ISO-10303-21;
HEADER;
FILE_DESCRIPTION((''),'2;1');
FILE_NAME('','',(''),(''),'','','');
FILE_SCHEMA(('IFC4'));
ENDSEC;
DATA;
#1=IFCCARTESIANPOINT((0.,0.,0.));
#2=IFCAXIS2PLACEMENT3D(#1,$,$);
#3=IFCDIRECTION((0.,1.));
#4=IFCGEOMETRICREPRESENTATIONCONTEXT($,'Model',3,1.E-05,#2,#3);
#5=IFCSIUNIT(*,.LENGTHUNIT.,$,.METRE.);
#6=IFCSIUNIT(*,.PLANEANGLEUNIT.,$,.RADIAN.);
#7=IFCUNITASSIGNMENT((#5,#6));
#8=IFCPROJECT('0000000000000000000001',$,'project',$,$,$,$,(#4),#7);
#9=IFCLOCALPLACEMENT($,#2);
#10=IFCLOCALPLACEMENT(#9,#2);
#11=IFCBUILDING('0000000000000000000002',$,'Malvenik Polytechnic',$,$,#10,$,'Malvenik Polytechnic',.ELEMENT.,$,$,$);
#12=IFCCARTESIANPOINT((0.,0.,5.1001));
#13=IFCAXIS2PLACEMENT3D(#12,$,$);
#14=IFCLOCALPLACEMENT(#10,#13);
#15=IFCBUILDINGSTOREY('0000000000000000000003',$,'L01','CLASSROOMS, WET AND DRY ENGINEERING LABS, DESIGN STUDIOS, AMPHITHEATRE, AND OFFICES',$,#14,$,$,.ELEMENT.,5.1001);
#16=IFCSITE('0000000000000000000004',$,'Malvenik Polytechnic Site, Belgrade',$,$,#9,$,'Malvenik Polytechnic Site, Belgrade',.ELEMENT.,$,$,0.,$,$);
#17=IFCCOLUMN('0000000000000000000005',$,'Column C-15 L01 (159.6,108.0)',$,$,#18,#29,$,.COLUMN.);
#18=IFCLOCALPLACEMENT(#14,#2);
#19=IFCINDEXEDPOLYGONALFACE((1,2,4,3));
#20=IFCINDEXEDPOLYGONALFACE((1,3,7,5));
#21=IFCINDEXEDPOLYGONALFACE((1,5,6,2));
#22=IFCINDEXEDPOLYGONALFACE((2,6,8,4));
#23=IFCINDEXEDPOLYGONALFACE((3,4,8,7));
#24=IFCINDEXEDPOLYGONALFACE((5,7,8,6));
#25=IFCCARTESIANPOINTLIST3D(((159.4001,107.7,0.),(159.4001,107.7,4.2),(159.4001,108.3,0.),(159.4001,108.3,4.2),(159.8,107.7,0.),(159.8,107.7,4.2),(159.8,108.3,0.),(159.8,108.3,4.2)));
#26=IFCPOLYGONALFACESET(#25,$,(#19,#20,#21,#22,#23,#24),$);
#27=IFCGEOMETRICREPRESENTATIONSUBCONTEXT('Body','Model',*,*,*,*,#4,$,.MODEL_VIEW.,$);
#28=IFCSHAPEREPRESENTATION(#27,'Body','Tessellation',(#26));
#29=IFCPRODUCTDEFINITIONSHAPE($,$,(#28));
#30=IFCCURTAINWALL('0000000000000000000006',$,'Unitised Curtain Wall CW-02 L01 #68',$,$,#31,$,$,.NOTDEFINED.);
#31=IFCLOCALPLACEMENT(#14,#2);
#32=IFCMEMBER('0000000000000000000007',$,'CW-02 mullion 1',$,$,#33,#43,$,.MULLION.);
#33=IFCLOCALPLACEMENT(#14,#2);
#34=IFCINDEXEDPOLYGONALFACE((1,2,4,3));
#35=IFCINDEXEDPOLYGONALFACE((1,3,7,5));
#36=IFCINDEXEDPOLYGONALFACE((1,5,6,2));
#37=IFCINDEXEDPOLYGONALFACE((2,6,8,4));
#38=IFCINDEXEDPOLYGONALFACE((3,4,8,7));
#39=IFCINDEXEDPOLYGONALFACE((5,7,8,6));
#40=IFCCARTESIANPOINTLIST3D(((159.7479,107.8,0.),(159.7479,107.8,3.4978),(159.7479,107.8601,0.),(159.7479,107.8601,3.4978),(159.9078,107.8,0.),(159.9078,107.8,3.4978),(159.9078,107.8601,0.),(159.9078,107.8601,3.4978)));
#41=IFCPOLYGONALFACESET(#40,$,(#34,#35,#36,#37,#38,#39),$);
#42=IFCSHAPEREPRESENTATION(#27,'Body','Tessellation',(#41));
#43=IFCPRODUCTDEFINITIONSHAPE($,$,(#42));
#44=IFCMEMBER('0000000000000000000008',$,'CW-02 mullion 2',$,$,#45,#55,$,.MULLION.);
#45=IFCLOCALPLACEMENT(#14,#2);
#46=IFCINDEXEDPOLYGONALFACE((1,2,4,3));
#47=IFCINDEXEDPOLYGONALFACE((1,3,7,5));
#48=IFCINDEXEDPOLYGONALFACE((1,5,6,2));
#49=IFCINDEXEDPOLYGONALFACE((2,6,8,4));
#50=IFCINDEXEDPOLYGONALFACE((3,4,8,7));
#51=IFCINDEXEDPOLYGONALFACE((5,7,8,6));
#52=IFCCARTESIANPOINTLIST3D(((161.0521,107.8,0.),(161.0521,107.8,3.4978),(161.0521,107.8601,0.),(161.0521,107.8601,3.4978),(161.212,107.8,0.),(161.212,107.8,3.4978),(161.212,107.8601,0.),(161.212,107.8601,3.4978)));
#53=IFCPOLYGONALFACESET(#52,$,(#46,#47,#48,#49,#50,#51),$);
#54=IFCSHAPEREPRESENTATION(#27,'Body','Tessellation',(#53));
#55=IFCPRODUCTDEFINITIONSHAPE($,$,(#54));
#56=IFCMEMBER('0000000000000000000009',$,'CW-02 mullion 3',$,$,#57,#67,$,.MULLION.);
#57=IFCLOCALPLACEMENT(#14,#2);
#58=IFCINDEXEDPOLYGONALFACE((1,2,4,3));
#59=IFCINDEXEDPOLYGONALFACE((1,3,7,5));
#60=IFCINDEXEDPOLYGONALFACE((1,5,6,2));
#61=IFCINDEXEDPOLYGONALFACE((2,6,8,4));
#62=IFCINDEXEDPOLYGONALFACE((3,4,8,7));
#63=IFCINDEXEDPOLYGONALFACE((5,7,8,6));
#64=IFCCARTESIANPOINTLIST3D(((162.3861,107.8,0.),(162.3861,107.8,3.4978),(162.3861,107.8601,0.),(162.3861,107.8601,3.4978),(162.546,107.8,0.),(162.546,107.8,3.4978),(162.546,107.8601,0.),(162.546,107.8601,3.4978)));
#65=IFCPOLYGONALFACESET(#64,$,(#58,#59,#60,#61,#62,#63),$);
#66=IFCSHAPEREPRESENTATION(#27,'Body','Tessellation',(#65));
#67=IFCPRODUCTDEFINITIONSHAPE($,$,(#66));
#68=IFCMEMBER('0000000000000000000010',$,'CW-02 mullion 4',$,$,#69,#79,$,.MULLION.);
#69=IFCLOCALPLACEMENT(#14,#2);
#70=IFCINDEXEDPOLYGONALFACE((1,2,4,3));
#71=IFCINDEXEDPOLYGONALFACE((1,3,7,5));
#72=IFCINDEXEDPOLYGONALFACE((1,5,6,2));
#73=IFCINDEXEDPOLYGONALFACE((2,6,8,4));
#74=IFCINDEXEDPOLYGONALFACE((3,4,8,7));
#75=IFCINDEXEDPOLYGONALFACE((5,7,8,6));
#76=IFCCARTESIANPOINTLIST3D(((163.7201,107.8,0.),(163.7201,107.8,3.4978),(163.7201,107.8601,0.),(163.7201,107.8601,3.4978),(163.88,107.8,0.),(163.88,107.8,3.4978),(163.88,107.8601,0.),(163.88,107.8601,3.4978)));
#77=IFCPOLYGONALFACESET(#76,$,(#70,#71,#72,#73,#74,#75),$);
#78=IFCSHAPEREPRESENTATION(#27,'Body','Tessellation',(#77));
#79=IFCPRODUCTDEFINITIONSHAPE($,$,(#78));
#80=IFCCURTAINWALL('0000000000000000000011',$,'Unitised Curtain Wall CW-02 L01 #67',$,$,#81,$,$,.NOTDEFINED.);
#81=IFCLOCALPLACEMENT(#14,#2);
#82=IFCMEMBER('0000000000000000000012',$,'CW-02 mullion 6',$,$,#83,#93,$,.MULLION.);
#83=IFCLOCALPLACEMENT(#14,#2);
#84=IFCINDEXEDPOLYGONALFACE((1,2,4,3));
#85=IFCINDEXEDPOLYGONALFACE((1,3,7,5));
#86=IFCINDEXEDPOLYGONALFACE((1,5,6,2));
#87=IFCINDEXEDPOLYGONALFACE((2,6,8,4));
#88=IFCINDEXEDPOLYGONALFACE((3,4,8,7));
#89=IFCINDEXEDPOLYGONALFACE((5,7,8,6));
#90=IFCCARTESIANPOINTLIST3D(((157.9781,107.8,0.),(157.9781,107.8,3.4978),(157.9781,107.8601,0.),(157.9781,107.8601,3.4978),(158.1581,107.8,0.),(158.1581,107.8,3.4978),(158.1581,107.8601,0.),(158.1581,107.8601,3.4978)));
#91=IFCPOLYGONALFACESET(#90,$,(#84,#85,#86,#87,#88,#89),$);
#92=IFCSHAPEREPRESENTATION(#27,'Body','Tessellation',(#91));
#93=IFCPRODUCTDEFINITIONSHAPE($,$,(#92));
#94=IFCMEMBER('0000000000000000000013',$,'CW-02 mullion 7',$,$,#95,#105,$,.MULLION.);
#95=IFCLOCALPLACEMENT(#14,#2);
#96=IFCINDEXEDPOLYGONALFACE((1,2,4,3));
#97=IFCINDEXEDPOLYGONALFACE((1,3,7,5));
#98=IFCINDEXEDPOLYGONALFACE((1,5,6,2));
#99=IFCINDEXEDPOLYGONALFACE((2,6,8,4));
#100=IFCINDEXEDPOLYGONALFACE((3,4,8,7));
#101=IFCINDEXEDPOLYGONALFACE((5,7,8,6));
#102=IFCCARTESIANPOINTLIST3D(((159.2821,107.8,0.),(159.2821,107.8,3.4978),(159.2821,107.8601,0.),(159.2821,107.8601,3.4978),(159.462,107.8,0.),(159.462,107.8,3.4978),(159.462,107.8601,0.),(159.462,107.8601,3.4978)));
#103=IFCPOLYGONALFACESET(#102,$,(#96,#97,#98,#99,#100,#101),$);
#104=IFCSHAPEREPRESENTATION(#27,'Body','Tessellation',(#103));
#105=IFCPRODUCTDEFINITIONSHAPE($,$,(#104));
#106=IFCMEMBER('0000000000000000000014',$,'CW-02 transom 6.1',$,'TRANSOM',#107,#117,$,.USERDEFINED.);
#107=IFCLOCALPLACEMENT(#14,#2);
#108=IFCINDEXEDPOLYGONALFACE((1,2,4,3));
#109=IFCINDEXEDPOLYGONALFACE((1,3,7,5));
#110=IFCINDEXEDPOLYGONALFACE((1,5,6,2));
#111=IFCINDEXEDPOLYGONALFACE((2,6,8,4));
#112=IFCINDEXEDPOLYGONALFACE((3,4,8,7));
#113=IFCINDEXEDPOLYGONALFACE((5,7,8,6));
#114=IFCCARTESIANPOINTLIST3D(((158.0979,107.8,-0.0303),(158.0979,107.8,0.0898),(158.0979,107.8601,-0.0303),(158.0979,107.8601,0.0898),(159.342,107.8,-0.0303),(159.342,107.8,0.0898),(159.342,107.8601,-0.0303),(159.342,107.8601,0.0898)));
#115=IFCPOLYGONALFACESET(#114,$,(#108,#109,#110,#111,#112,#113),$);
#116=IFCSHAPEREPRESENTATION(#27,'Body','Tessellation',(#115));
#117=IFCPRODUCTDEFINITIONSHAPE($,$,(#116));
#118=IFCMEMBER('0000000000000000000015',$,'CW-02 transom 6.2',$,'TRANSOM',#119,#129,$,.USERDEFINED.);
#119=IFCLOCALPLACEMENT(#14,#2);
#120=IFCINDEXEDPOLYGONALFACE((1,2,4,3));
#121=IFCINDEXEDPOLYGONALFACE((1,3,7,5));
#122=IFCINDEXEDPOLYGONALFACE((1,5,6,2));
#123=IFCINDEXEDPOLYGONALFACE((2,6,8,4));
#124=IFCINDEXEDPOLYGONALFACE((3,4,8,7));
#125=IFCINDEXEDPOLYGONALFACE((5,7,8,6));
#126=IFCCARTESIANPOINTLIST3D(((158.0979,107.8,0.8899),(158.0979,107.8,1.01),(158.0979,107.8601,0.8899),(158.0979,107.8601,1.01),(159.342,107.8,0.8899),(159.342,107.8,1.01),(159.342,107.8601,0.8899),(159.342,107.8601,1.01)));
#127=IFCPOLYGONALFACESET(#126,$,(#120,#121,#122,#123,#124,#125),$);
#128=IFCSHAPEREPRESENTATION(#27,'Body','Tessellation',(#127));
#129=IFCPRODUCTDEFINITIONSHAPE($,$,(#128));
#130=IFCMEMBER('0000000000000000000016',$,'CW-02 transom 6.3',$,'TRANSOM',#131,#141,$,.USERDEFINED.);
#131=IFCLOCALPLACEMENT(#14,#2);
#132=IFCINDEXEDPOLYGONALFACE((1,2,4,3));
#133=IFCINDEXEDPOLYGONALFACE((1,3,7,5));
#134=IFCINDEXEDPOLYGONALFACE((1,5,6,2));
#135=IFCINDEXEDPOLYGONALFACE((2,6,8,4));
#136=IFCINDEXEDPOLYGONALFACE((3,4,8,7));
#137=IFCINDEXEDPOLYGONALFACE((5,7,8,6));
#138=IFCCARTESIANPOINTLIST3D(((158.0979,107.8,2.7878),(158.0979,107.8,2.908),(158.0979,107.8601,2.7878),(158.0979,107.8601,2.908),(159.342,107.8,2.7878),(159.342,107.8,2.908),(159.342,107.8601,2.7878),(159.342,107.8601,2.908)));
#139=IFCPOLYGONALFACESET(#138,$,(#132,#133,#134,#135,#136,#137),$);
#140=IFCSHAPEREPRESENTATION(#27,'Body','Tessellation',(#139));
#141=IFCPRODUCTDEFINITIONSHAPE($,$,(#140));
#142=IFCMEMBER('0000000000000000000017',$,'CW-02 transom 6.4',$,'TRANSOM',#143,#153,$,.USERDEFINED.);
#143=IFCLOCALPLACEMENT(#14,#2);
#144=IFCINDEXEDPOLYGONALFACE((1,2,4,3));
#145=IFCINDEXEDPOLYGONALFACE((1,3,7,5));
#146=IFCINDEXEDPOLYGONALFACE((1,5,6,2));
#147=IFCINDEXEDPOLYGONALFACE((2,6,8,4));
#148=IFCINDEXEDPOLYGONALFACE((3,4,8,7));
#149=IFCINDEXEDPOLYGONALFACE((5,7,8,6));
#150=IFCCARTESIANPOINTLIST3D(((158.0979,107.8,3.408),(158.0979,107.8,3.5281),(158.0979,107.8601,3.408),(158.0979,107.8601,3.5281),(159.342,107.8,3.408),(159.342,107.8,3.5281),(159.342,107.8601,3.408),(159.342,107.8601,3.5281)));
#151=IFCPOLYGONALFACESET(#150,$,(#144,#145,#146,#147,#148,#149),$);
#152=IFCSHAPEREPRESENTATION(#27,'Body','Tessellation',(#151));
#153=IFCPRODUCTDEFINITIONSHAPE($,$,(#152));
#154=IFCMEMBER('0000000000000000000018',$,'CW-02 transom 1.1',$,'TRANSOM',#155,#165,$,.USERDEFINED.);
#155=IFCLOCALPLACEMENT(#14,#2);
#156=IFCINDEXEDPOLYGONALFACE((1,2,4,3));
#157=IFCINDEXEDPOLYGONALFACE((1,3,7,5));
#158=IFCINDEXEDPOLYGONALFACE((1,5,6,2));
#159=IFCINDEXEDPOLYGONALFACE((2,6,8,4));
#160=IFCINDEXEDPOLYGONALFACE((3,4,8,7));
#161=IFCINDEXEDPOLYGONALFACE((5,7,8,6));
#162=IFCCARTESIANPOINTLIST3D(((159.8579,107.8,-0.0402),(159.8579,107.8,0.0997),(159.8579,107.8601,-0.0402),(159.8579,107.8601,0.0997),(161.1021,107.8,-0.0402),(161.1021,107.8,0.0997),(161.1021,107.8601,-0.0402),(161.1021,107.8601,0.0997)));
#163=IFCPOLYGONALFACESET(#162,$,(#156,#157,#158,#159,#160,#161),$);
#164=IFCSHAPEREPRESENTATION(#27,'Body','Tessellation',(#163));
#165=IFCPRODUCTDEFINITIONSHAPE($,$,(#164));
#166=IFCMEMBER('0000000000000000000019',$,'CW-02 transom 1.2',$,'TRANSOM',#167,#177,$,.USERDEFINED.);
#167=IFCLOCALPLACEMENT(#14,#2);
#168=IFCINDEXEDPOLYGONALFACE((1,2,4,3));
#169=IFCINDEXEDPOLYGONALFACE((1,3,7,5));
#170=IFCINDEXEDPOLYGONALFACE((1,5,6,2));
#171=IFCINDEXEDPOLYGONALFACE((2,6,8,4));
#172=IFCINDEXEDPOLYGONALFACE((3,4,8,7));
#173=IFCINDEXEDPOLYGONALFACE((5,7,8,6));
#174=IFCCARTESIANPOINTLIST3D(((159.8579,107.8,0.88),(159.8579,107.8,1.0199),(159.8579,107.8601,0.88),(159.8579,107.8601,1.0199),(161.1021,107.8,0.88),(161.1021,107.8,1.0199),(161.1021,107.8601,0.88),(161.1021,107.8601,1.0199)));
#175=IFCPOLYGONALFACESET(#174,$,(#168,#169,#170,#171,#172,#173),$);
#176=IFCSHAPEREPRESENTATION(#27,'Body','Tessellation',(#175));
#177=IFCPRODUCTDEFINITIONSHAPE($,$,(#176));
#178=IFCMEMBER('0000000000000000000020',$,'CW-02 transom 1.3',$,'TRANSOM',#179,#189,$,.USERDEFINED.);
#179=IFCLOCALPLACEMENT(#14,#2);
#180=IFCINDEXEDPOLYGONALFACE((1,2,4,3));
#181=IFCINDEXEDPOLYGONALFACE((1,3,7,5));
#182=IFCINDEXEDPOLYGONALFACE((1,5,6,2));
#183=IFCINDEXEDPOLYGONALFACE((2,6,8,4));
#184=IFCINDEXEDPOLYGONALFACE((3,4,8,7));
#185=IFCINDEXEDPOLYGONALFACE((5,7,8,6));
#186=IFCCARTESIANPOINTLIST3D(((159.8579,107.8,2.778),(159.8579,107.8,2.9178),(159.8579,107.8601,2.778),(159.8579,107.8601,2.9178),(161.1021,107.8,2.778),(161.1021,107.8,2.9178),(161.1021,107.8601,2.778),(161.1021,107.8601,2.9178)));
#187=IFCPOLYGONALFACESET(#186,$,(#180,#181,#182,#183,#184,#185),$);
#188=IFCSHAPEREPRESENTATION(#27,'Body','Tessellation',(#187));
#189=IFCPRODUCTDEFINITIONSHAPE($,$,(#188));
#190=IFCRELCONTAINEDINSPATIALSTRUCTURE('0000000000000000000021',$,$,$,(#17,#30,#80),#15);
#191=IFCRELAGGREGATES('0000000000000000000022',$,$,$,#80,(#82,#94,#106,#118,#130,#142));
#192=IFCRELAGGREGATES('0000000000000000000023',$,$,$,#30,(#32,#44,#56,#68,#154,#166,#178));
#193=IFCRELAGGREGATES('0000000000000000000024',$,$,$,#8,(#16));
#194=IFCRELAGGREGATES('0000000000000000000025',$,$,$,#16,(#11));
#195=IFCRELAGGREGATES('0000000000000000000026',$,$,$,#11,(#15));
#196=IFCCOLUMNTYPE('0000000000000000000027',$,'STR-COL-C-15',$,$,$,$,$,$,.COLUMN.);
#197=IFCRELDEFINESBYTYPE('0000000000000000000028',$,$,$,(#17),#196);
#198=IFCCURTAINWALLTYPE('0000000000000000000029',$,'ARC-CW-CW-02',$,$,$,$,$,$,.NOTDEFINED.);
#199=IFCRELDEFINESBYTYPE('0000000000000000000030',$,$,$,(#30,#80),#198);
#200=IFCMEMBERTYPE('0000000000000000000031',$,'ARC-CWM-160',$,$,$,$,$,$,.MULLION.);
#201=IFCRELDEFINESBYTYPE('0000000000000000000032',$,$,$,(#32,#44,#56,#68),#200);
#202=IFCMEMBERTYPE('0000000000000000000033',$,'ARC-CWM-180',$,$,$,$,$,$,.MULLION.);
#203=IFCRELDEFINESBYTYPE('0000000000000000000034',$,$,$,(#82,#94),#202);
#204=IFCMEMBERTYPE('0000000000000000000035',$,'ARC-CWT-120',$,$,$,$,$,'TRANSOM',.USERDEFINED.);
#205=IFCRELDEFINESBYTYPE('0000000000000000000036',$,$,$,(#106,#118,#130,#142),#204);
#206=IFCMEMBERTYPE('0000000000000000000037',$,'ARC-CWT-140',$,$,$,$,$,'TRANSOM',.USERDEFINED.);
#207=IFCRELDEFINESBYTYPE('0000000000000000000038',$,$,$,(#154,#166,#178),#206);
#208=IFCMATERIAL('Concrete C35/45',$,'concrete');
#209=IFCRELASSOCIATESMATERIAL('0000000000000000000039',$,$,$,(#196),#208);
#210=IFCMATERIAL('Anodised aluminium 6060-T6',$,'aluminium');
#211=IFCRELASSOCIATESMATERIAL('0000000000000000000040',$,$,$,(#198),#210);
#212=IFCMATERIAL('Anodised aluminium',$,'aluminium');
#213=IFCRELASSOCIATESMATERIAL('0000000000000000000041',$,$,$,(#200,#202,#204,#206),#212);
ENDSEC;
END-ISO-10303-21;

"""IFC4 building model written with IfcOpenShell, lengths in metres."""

from ifc_helpers import new_model, si_unit, direction, frame, origin, origin_2d, place, context, subcontext, project, spatial, rectangle, extrude, material, material_profile, profile_set, type_object, element, aggregate, save


model = new_model("IFC4")

# Units and contexts
model_context = context("Model", 3, precision=1e-05, world=origin(), true_north=direction((0.0, 1.0)))
body_context = subcontext(model_context, "Body", "Model", "MODEL_VIEW")
ifc_project = project(units=[si_unit("LENGTHUNIT", "METRE"), si_unit("PLANEANGLEUNIT", "RADIAN")], contexts=[model_context])

# Site, building, storey
site_placement = place(None, origin())
site = spatial("IfcSite", under=ifc_project, at=site_placement, Name="Malvenik Polytechnic Site, Belgrade", LongName="Malvenik Polytechnic Site, Belgrade", CompositionType="ELEMENT", RefElevation=0.0)
building_placement = place(site_placement, origin())
building = spatial("IfcBuilding", under=site, at=building_placement, Name="Malvenik Polytechnic", LongName="Malvenik Polytechnic", CompositionType="ELEMENT")
storey_placement = place(building_placement, frame((0.0, 0.0, 5.1001)))
storey = spatial("IfcBuildingStorey", under=building, at=storey_placement, Name="L01", Description="CLASSROOMS, WET AND DRY ENGINEERING LABS, DESIGN STUDIOS, AMPHITHEATRE, AND OFFICES", CompositionType="ELEMENT", Elevation=5.1001)

# Column
ifc_material_1 = material(Name="Concrete C35/45", Category="concrete")
ifc_material_profile_1 = material_profile(ifc_material_1, rectangle(XDim=0.3999, YDim=0.6001, at=origin_2d()), Name="RC COL 600x400")
ifc_profile_set_1 = profile_set([ifc_material_profile_1], Name="Concrete C35/45")
column_type = type_object("IfcColumnType", Name="STR-COL-C-15", PredefinedType="COLUMN", material=ifc_profile_set_1)
column_placement = place(storey_placement, frame((159.6001, 108.0, 0.0), z_axis=(0.0, 0.0, 1.0), x_axis=(1.0, 0.0, 0.0)))
element("IfcColumn", 1, at=column_placement, inside=storey, type_object=column_type, Name="Column C-15 L01 (159.6,108.0)", PredefinedType="COLUMN", context=body_context, shape_type="SweptSolid", body=[
    extrude(rectangle(XDim=0.3999, YDim=0.6001, at=origin_2d()), origin(), (0.0, 0.0, 1.0), 4.2),
])

# Curtain walls, members
ifc_material_2 = material(Name="Anodised aluminium 6060-T6", Category="aluminium")
curtain_wall_type = type_object("IfcCurtainWallType", Name="ARC-CW-CW-02", PredefinedType="NOTDEFINED", material=ifc_material_2)
curtain_wall_1_placement = place(storey_placement, origin())
curtain_wall_1 = element("IfcCurtainWall", 2, at=curtain_wall_1_placement, inside=storey, type_object=curtain_wall_type, Name="Unitised Curtain Wall CW-02 L01 #68", PredefinedType="NOTDEFINED")
ifc_material_3 = material(Name="Anodised aluminium", Category="aluminium")
ifc_material_profile_2 = material_profile(ifc_material_3, rectangle(XDim=0.0601, YDim=0.1599, at=origin_2d()), Name="ALU MULLION 60x160")
ifc_profile_set_2 = profile_set([ifc_material_profile_2], Name="Anodised aluminium")
member_type_1 = type_object("IfcMemberType", Name="ARC-CWM-160", PredefinedType="MULLION", material=ifc_profile_set_2)
member_1_placement = place(storey_placement, frame((159.8279, 107.8301, 0.0), z_axis=(0.0, 0.0, 1.0), x_axis=(0.0, 1.0, 0.0)))
member_1 = element("IfcMember", 3, at=member_1_placement, type_object=member_type_1, Name="CW-02 mullion 1", PredefinedType="MULLION", context=body_context, shape_type="SweptSolid", body=[
    extrude(rectangle(XDim=0.0601, YDim=0.1599, at=origin_2d()), origin(), (0.0, 0.0, 1.0), 3.4978),
])
member_2_placement = place(storey_placement, frame((161.1321, 107.8301, 0.0), z_axis=(0.0, 0.0, 1.0), x_axis=(0.0, 1.0, 0.0)))
member_2 = element("IfcMember", 4, at=member_2_placement, type_object=member_type_1, Name="CW-02 mullion 2", PredefinedType="MULLION", context=body_context, shape_type="SweptSolid", body=[
    extrude(rectangle(XDim=0.0601, YDim=0.1599, at=origin_2d()), origin(), (0.0, 0.0, 1.0), 3.4978),
])
member_3_placement = place(storey_placement, frame((162.4661, 107.8301, 0.0), z_axis=(0.0, 0.0, 1.0), x_axis=(0.0, 1.0, 0.0)))
member_3 = element("IfcMember", 5, at=member_3_placement, type_object=member_type_1, Name="CW-02 mullion 3", PredefinedType="MULLION", context=body_context, shape_type="SweptSolid", body=[
    extrude(rectangle(XDim=0.0601, YDim=0.1599, at=origin_2d()), origin(), (0.0, 0.0, 1.0), 3.4978),
])
member_4_placement = place(storey_placement, frame((163.8, 107.8301, 0.0), z_axis=(0.0, 0.0, 1.0), x_axis=(0.0, 1.0, 0.0)))
member_4 = element("IfcMember", 6, at=member_4_placement, type_object=member_type_1, Name="CW-02 mullion 4", PredefinedType="MULLION", context=body_context, shape_type="SweptSolid", body=[
    extrude(rectangle(XDim=0.0601, YDim=0.1599, at=origin_2d()), origin(), (0.0, 0.0, 1.0), 3.4978),
])
curtain_wall_2_placement = place(storey_placement, origin())
curtain_wall_2 = element("IfcCurtainWall", 7, at=curtain_wall_2_placement, inside=storey, type_object=curtain_wall_type, Name="Unitised Curtain Wall CW-02 L01 #67", PredefinedType="NOTDEFINED")
ifc_material_profile_3 = material_profile(ifc_material_3, rectangle(XDim=0.0601, YDim=0.1799, at=origin_2d()), Name="ALU MULLION 60x180")
ifc_profile_set_3 = profile_set([ifc_material_profile_3], Name="Anodised aluminium")
member_type_2 = type_object("IfcMemberType", Name="ARC-CWM-180", PredefinedType="MULLION", material=ifc_profile_set_3)
member_5_placement = place(storey_placement, frame((158.0681, 107.8301, 0.0), z_axis=(0.0, 0.0, 1.0), x_axis=(0.0, 1.0, 0.0)))
member_5 = element("IfcMember", 8, at=member_5_placement, type_object=member_type_2, Name="CW-02 mullion 6", PredefinedType="MULLION", context=body_context, shape_type="SweptSolid", body=[
    extrude(rectangle(XDim=0.0601, YDim=0.1799, at=origin_2d()), origin(), (0.0, 0.0, 1.0), 3.4978),
])
member_6_placement = place(storey_placement, frame((159.3721, 107.8301, 0.0), z_axis=(0.0, 0.0, 1.0), x_axis=(0.0, 1.0, 0.0)))
member_6 = element("IfcMember", 9, at=member_6_placement, type_object=member_type_2, Name="CW-02 mullion 7", PredefinedType="MULLION", context=body_context, shape_type="SweptSolid", body=[
    extrude(rectangle(XDim=0.0601, YDim=0.1799, at=origin_2d()), origin(), (0.0, 0.0, 1.0), 3.4978),
])
ifc_material_profile_4 = material_profile(ifc_material_3, rectangle(XDim=0.0601, YDim=0.1201, at=origin_2d()), Name="ALU TRANSOM 60x120")
ifc_profile_set_4 = profile_set([ifc_material_profile_4], Name="Anodised aluminium")
member_type_3 = type_object("IfcMemberType", Name="ARC-CWT-120", ElementType="TRANSOM", PredefinedType="USERDEFINED", material=ifc_profile_set_4)
member_7_placement = place(storey_placement, frame((158.0979, 107.8301, 0.0298), z_axis=(1.0, 0.0, 0.0), x_axis=(0.0, 1.0, 0.0)))
member_7 = element("IfcMember", 10, at=member_7_placement, type_object=member_type_3, Name="CW-02 transom 6.1", ObjectType="TRANSOM", PredefinedType="USERDEFINED", context=body_context, shape_type="SweptSolid", body=[
    extrude(rectangle(XDim=0.0601, YDim=0.1201, at=origin_2d()), origin(), (0.0, 0.0, 1.0), 1.2441),
])
member_8_placement = place(storey_placement, frame((158.0979, 107.8301, 0.95), z_axis=(1.0, 0.0, 0.0), x_axis=(0.0, 1.0, 0.0)))
member_8 = element("IfcMember", 11, at=member_8_placement, type_object=member_type_3, Name="CW-02 transom 6.2", ObjectType="TRANSOM", PredefinedType="USERDEFINED", context=body_context, shape_type="SweptSolid", body=[
    extrude(rectangle(XDim=0.0601, YDim=0.1201, at=origin_2d()), origin(), (0.0, 0.0, 1.0), 1.2441),
])
member_9_placement = place(storey_placement, frame((158.0979, 107.8301, 2.8479), z_axis=(1.0, 0.0, 0.0), x_axis=(0.0, 1.0, 0.0)))
member_9 = element("IfcMember", 12, at=member_9_placement, type_object=member_type_3, Name="CW-02 transom 6.3", ObjectType="TRANSOM", PredefinedType="USERDEFINED", context=body_context, shape_type="SweptSolid", body=[
    extrude(rectangle(XDim=0.0601, YDim=0.1201, at=origin_2d()), origin(), (0.0, 0.0, 1.0), 1.2441),
])
member_10_placement = place(storey_placement, frame((158.0979, 107.8301, 3.468), z_axis=(1.0, 0.0, 0.0), x_axis=(0.0, 1.0, 0.0)))
member_10 = element("IfcMember", 13, at=member_10_placement, type_object=member_type_3, Name="CW-02 transom 6.4", ObjectType="TRANSOM", PredefinedType="USERDEFINED", context=body_context, shape_type="SweptSolid", body=[
    extrude(rectangle(XDim=0.0601, YDim=0.1201, at=origin_2d()), origin(), (0.0, 0.0, 1.0), 1.2441),
])

# Members
ifc_material_profile_5 = material_profile(ifc_material_3, rectangle(XDim=0.0601, YDim=0.1399, at=origin_2d()), Name="ALU TRANSOM 60x140")
ifc_profile_set_5 = profile_set([ifc_material_profile_5], Name="Anodised aluminium")
member_type_4 = type_object("IfcMemberType", Name="ARC-CWT-140", ElementType="TRANSOM", PredefinedType="USERDEFINED", material=ifc_profile_set_5)
member_11_placement = place(storey_placement, frame((159.8579, 107.8301, 0.0298), z_axis=(1.0, 0.0, 0.0), x_axis=(0.0, 1.0, 0.0)))
member_11 = element("IfcMember", 14, at=member_11_placement, type_object=member_type_4, Name="CW-02 transom 1.1", ObjectType="TRANSOM", PredefinedType="USERDEFINED", context=body_context, shape_type="SweptSolid", body=[
    extrude(rectangle(XDim=0.0601, YDim=0.1399, at=origin_2d()), origin(), (0.0, 0.0, 1.0), 1.2441),
])
member_12_placement = place(storey_placement, frame((159.8579, 107.8301, 0.95), z_axis=(1.0, 0.0, 0.0), x_axis=(0.0, 1.0, 0.0)))
member_12 = element("IfcMember", 15, at=member_12_placement, type_object=member_type_4, Name="CW-02 transom 1.2", ObjectType="TRANSOM", PredefinedType="USERDEFINED", context=body_context, shape_type="SweptSolid", body=[
    extrude(rectangle(XDim=0.0601, YDim=0.1399, at=origin_2d()), origin(), (0.0, 0.0, 1.0), 1.2441),
])
member_13_placement = place(storey_placement, frame((159.8579, 107.8301, 2.8479), z_axis=(1.0, 0.0, 0.0), x_axis=(0.0, 1.0, 0.0)))
member_13 = element("IfcMember", 16, at=member_13_placement, type_object=member_type_4, Name="CW-02 transom 1.3", ObjectType="TRANSOM", PredefinedType="USERDEFINED", context=body_context, shape_type="SweptSolid", body=[
    extrude(rectangle(XDim=0.0601, YDim=0.1399, at=origin_2d()), origin(), (0.0, 0.0, 1.0), 1.2441),
])

aggregate(curtain_wall_2, [member_5, member_6, member_7, member_8, member_9, member_10])
aggregate(curtain_wall_1, [member_1, member_2, member_3, member_4, member_11, member_12, member_13])

save(model, "model.ifc")
